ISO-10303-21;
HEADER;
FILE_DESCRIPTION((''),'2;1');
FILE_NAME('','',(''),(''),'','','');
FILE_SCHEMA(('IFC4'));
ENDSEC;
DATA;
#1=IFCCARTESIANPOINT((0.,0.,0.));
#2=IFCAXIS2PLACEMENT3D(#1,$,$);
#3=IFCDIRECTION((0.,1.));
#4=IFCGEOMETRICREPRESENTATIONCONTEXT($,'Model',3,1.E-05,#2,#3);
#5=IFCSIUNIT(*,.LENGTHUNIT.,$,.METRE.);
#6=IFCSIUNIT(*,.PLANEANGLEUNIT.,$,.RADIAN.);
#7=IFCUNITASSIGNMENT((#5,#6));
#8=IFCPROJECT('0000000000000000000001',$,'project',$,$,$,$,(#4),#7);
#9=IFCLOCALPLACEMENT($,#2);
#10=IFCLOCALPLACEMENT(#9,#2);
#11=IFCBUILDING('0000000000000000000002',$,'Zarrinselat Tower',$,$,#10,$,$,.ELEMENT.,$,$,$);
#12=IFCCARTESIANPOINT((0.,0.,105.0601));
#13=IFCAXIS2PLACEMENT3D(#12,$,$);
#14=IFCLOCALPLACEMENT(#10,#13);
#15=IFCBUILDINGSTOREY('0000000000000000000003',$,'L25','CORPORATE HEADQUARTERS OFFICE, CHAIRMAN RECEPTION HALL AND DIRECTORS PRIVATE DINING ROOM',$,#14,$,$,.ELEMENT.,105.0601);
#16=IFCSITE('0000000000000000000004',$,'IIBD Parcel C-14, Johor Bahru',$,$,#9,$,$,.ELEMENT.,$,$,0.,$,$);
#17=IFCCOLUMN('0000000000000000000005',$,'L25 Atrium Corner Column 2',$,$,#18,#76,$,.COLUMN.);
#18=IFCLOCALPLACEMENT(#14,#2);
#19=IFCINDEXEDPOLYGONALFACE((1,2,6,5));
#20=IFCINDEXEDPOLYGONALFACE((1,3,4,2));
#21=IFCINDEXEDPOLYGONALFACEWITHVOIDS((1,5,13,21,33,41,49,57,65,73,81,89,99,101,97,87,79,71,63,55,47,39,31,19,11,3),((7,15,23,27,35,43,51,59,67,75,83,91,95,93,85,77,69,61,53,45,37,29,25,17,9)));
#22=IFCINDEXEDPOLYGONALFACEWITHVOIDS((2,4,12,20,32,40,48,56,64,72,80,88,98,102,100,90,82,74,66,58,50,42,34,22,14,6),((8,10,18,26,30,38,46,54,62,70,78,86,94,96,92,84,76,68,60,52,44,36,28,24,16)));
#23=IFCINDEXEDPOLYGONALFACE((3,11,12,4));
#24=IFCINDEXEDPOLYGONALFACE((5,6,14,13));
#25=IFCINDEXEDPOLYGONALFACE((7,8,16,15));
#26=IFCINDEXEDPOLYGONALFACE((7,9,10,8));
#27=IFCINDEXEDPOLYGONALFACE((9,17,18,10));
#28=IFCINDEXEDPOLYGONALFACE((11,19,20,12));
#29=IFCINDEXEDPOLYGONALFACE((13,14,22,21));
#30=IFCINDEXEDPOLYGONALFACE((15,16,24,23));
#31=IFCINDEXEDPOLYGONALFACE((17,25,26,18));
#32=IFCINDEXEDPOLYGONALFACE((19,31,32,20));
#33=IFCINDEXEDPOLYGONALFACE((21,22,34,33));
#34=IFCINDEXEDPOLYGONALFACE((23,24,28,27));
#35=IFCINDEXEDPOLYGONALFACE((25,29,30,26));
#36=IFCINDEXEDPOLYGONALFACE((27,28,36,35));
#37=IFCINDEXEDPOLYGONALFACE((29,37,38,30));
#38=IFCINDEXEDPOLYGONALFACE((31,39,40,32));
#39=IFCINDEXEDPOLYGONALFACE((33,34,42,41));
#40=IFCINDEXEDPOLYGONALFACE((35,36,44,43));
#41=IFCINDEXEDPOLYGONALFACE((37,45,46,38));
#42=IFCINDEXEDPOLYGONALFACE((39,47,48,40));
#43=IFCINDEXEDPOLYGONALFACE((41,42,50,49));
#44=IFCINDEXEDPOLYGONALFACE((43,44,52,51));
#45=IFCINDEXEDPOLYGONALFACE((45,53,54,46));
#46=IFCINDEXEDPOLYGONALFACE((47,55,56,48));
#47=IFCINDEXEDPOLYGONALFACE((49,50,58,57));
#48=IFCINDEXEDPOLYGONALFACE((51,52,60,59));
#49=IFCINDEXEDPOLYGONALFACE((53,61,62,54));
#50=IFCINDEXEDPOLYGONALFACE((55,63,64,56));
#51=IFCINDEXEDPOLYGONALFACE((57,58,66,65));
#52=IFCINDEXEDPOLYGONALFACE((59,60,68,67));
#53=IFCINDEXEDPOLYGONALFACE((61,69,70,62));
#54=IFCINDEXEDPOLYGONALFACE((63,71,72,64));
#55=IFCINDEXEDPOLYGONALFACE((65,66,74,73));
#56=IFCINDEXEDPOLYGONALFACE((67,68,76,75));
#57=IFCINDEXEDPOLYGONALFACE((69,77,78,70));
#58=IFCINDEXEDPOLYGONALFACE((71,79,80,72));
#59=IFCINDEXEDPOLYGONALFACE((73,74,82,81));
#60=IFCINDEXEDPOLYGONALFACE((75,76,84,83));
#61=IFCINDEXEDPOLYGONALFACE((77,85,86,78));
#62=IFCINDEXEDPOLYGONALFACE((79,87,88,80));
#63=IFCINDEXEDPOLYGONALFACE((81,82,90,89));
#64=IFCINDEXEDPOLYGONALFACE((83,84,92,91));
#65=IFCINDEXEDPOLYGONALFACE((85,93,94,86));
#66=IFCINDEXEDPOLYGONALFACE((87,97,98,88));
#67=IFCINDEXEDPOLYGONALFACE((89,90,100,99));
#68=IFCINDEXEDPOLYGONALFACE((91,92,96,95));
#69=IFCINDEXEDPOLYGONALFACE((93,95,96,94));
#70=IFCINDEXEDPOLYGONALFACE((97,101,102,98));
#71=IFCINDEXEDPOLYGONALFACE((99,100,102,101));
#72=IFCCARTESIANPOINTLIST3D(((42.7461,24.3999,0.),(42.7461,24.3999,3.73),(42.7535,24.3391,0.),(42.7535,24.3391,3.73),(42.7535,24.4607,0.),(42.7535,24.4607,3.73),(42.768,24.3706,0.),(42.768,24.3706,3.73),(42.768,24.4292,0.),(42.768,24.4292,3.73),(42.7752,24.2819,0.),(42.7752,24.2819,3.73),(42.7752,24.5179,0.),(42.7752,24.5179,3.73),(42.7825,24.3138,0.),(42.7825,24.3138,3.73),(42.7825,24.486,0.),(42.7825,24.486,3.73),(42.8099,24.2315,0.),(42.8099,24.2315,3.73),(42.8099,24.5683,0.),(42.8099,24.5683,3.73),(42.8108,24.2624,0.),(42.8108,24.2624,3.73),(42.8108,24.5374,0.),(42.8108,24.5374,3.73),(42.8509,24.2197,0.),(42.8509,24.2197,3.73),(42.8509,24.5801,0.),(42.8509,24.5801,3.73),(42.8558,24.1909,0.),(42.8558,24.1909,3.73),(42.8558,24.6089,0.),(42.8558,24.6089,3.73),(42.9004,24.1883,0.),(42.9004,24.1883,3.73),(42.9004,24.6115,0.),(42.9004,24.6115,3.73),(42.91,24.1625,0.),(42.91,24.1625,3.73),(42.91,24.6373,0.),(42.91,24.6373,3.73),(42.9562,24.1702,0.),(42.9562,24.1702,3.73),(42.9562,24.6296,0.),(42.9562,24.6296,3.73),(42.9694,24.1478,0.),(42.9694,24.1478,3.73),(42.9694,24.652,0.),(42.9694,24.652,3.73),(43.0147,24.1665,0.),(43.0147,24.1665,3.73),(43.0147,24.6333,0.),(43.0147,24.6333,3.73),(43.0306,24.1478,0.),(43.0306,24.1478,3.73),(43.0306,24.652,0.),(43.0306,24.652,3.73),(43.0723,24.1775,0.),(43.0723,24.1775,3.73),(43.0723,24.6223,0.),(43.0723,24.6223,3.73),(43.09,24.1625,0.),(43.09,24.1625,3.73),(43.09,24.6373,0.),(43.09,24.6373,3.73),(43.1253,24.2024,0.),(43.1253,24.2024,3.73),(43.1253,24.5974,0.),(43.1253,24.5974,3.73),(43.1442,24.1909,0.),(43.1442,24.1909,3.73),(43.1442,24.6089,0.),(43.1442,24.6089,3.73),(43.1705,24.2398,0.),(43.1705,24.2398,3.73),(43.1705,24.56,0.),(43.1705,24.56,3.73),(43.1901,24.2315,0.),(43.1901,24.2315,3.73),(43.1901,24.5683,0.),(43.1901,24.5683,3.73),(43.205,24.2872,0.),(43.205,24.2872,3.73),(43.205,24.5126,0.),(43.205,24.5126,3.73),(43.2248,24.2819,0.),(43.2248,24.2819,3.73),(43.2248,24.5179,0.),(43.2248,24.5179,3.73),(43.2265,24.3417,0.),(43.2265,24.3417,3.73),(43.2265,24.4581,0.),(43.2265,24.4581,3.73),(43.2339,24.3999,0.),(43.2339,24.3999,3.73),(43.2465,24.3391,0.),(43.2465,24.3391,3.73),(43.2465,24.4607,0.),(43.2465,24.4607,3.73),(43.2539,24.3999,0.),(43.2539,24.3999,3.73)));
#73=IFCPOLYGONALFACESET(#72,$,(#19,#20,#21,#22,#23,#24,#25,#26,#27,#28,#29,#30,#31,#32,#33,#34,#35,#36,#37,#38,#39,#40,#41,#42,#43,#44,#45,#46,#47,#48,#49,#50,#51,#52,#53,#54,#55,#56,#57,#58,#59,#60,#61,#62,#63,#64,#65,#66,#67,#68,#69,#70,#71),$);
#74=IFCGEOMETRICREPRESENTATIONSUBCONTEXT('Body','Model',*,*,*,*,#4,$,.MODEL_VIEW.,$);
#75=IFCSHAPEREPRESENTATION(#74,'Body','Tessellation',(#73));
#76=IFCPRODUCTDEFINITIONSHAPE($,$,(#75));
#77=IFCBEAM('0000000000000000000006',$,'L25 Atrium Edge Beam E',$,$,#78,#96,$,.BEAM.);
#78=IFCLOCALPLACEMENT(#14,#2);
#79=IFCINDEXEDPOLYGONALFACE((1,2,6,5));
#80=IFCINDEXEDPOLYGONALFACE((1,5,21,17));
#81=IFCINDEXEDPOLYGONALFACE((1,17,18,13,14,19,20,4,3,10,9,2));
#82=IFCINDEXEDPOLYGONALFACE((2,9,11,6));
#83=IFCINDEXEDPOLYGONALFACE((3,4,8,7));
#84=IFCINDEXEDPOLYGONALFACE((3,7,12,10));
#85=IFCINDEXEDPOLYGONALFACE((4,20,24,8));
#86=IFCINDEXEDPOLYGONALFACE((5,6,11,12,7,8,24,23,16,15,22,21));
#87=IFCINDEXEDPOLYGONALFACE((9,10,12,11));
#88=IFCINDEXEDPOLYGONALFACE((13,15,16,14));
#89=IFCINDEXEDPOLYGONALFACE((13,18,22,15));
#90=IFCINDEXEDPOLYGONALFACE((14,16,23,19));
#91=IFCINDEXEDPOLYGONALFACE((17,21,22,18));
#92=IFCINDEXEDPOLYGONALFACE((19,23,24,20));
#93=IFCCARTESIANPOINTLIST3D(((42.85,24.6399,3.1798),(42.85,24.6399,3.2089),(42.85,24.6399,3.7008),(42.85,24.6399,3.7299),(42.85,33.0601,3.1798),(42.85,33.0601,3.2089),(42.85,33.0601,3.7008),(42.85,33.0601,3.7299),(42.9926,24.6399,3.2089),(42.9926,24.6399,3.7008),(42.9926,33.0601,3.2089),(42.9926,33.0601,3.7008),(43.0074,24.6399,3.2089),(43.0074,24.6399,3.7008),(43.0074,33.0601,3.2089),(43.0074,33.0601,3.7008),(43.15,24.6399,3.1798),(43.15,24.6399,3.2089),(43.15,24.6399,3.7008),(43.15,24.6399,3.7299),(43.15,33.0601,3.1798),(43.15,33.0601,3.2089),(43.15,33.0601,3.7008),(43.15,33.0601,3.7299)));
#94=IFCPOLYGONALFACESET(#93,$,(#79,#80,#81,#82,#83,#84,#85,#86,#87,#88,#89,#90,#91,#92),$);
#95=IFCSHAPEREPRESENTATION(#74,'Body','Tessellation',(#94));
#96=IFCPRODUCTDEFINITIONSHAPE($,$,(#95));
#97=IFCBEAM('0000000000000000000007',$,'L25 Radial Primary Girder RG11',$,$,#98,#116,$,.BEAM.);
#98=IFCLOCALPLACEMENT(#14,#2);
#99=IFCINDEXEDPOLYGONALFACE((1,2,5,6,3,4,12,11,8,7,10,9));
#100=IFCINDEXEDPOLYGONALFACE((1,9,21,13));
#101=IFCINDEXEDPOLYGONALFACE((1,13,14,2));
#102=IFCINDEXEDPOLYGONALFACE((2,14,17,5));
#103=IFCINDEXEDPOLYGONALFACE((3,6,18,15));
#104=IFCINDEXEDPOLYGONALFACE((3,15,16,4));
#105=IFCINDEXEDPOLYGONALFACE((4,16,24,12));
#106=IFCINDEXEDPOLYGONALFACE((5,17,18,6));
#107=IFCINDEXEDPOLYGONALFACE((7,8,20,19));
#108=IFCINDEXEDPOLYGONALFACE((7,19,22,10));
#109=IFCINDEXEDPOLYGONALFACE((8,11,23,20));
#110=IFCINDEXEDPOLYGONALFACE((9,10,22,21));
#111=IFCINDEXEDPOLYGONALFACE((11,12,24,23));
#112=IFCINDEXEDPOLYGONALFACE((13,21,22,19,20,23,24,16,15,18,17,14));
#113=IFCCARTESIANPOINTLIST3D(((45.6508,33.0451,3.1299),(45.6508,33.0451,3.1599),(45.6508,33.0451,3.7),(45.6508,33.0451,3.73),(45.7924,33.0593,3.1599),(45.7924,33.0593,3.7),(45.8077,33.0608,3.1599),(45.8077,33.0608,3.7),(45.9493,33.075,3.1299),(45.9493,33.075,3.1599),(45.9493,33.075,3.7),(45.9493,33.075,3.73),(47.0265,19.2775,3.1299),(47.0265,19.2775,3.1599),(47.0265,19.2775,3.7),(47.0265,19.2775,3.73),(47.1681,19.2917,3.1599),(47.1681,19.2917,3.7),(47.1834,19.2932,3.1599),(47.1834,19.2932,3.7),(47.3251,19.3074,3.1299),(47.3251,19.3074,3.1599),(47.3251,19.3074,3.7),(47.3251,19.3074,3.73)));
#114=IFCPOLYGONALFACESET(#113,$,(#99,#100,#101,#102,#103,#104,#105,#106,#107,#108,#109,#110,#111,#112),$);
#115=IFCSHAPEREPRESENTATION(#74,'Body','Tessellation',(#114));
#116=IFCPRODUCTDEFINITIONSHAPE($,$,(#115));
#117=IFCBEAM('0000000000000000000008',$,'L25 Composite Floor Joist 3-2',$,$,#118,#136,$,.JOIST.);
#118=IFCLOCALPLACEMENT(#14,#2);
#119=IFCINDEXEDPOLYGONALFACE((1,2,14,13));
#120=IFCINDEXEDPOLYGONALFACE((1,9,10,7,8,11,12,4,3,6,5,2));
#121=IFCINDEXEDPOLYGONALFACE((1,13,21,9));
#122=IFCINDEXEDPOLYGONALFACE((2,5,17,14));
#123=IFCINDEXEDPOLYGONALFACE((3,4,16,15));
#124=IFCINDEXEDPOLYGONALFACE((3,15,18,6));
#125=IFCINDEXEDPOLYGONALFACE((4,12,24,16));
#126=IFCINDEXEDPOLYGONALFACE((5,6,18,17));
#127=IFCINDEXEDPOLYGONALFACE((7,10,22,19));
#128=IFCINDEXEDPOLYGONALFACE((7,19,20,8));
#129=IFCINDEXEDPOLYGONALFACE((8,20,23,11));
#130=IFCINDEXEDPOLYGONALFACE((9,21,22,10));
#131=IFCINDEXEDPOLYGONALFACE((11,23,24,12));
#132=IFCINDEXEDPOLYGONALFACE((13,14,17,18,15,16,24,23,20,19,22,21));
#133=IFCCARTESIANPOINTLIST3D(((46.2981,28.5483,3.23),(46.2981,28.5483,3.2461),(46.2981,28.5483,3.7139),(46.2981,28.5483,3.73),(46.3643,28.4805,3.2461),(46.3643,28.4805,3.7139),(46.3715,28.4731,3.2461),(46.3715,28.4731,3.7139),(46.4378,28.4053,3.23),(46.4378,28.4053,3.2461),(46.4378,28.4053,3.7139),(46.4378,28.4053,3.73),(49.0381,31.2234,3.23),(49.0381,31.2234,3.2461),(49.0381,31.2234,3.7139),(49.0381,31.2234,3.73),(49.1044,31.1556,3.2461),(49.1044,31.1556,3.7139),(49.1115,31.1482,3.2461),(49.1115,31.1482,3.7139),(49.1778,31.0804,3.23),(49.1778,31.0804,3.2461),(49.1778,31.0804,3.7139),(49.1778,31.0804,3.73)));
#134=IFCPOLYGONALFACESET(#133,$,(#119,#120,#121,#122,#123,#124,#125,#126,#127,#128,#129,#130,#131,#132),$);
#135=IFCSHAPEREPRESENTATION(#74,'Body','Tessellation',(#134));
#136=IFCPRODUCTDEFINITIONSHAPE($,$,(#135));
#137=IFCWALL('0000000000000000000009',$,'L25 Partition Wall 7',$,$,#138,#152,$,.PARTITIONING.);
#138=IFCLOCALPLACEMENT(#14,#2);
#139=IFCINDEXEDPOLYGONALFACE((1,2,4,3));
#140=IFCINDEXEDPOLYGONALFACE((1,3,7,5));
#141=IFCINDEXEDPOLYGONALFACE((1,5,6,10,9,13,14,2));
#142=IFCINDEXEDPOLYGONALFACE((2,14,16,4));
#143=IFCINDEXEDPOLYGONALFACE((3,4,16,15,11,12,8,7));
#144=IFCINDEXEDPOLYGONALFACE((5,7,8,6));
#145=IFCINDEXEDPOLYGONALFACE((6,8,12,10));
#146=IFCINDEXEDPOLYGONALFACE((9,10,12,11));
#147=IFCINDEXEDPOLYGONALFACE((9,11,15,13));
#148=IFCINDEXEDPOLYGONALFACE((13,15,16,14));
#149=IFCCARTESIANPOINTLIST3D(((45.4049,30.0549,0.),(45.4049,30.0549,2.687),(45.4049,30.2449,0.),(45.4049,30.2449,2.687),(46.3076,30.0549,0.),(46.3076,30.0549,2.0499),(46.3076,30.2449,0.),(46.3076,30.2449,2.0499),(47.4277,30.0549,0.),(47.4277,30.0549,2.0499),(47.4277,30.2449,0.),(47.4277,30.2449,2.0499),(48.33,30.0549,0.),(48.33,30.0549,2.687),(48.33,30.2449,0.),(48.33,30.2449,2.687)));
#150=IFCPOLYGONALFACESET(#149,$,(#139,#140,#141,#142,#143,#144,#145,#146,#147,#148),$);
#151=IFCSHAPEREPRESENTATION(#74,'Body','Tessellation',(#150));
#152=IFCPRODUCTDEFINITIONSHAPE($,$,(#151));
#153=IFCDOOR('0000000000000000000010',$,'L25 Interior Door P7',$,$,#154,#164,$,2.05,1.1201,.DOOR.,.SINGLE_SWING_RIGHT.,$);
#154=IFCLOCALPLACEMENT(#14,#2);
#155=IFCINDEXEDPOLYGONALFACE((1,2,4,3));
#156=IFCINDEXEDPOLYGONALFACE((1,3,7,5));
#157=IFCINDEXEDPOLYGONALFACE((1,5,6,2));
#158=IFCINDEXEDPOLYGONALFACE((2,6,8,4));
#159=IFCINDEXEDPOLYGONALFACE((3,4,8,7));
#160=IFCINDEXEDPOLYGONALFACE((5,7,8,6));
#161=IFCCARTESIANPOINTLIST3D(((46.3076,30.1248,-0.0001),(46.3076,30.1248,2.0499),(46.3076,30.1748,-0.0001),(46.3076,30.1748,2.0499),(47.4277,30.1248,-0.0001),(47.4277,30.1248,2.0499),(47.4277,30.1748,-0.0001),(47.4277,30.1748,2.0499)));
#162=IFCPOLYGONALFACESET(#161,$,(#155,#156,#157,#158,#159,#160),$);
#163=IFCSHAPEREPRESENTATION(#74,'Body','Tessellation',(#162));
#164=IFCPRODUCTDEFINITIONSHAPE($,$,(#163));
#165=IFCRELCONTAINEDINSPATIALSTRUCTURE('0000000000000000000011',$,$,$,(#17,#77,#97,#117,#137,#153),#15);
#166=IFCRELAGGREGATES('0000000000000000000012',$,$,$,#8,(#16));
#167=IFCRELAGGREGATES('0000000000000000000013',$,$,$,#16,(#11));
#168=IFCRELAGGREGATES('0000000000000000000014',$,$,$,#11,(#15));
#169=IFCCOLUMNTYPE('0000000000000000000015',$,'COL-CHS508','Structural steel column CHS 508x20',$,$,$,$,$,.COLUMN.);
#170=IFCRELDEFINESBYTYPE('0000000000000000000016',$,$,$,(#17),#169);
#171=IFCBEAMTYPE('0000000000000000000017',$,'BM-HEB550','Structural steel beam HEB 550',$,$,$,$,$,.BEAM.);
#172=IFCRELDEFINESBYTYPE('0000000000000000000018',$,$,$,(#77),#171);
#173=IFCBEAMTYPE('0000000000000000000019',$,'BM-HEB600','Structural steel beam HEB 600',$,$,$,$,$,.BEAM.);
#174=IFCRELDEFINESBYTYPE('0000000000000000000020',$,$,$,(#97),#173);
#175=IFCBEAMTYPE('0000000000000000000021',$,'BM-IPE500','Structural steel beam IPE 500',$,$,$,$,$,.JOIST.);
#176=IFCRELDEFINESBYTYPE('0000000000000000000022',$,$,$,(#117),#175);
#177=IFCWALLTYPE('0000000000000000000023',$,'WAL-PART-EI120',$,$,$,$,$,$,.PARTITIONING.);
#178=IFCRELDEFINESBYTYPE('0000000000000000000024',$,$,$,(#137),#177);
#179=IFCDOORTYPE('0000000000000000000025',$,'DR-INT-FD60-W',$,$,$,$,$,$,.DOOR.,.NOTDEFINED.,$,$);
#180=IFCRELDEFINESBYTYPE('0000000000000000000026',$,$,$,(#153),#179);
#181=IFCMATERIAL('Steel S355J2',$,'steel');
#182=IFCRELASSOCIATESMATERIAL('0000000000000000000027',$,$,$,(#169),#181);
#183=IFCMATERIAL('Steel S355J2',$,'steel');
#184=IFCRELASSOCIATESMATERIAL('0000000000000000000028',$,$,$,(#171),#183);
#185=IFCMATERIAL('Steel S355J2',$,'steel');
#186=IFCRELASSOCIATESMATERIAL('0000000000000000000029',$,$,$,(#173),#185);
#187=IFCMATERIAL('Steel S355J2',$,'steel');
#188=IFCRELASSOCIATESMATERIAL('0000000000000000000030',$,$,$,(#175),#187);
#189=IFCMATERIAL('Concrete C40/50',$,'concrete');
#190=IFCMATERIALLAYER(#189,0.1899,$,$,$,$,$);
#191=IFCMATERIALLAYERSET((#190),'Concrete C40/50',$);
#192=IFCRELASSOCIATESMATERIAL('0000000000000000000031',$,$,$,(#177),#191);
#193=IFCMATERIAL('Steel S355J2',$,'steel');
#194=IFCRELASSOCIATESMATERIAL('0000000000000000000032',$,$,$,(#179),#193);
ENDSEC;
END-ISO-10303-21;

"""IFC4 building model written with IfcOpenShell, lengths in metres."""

from ifc_helpers import new_model, si_unit, direction, frame, frame_2d, origin, origin_2d, place, context, subcontext, project, spatial, rectangle, hollow_circle, i_section, extrude, material, layer, layer_set, material_profile, profile_set, type_object, element, fill, save


model = new_model("IFC4")

# Units and contexts
model_context = context("Model", 3, precision=1e-05, world=origin(), true_north=direction((0.0, 1.0)))
body_context = subcontext(model_context, "Body", "Model", "MODEL_VIEW")
ifc_project = project(units=[si_unit("LENGTHUNIT", "METRE"), si_unit("PLANEANGLEUNIT", "RADIAN")], contexts=[model_context])

# Site, building, storey
site_placement = place(None, origin())
site = spatial("IfcSite", under=ifc_project, at=site_placement, Name="IIBD Parcel C-14, Johor Bahru", CompositionType="ELEMENT", RefElevation=0.0)
building_placement = place(site_placement, origin())
building = spatial("IfcBuilding", under=site, at=building_placement, Name="Zarrinselat Tower", CompositionType="ELEMENT")
storey_placement = place(building_placement, frame((0.0, 0.0, 105.0601)))
storey = spatial("IfcBuildingStorey", under=building, at=storey_placement, Name="L25", Description="CORPORATE HEADQUARTERS OFFICE, CHAIRMAN RECEPTION HALL AND DIRECTORS PRIVATE DINING ROOM", CompositionType="ELEMENT", Elevation=105.0601)

# Column
ifc_material_1 = material(Name="Steel S355J2", Category="steel")
ifc_material_profile_1 = material_profile(ifc_material_1, hollow_circle(Radius=0.2539, WallThickness=0.02, at=origin_2d()), Name="CHS 508x20")
ifc_profile_set_1 = profile_set([ifc_material_profile_1], Name="Steel S355J2")
column_type = type_object("IfcColumnType", Name="COL-CHS508", Description="Structural steel column CHS 508x20", PredefinedType="COLUMN", material=ifc_profile_set_1)
column_placement = place(storey_placement, frame((43.0, 24.3999, 0.0), z_axis=(0.0, 0.0, 1.0), x_axis=(1.0, 0.0, 0.0)))
element("IfcColumn", 1, at=column_placement, inside=storey, type_object=column_type, Name="L25 Atrium Corner Column 2", PredefinedType="COLUMN", context=body_context, shape_type="SweptSolid", body=[
    extrude(hollow_circle(Radius=0.2539, WallThickness=0.02, at=origin_2d()), origin(), (0.0, 0.0, 1.0), 3.73),
])

# Beams
ifc_material_2 = material(Name="Steel S355J2", Category="steel")
ifc_material_profile_2 = material_profile(ifc_material_2, i_section(OverallWidth=0.3, OverallDepth=0.55, WebThickness=0.0149, FlangeThickness=0.0291, at=origin_2d()), Name="HEB 550")
ifc_profile_set_2 = profile_set([ifc_material_profile_2], Name="Steel S355J2")
beam_type_1 = type_object("IfcBeamType", Name="BM-HEB550", Description="Structural steel beam HEB 550", PredefinedType="BEAM", material=ifc_profile_set_2)
beam_1_placement = place(storey_placement, frame((43.0, 24.6399, 3.4548), z_axis=(0.0, 1.0, 0.0), x_axis=(-1.0, 0.0, 0.0)))
element("IfcBeam", 2, at=beam_1_placement, inside=storey, type_object=beam_type_1, Name="L25 Atrium Edge Beam E", PredefinedType="BEAM", context=body_context, shape_type="SweptSolid", body=[
    extrude(i_section(OverallWidth=0.3, OverallDepth=0.55, WebThickness=0.0149, FlangeThickness=0.0291, at=origin_2d()), origin(), (0.0, 0.0, 1.0), 8.4202),
])
ifc_material_3 = material(Name="Steel S355J2", Category="steel")
ifc_material_profile_3 = material_profile(ifc_material_3, i_section(OverallWidth=0.3, OverallDepth=0.6001, WebThickness=0.0154, FlangeThickness=0.03, at=origin_2d()), Name="HEB 600")
ifc_profile_set_3 = profile_set([ifc_material_profile_3], Name="Steel S355J2")
beam_type_2 = type_object("IfcBeamType", Name="BM-HEB600", Description="Structural steel beam HEB 600", PredefinedType="BEAM", material=ifc_profile_set_3)
beam_2_placement = place(storey_placement, frame((45.8, 33.0601, 3.4299), z_axis=(0.09943, -0.995045, 0.0), x_axis=(0.995045, 0.09943, 0.0)))
element("IfcBeam", 3, at=beam_2_placement, inside=storey, type_object=beam_type_2, Name="L25 Radial Primary Girder RG11", PredefinedType="BEAM", context=body_context, shape_type="SweptSolid", body=[
    extrude(i_section(OverallWidth=0.3, OverallDepth=0.6001, WebThickness=0.0154, FlangeThickness=0.03, at=origin_2d()), origin(), (0.0, 0.0, 1.0), 13.8362),
])
ifc_material_4 = material(Name="Steel S355J2", Category="steel")
ifc_material_profile_4 = material_profile(ifc_material_4, i_section(OverallWidth=0.2, OverallDepth=0.5, WebThickness=0.0103, FlangeThickness=0.0161, at=origin_2d()), Name="IPE 500")
ifc_profile_set_4 = profile_set([ifc_material_profile_4], Name="Steel S355J2")
beam_type_3 = type_object("IfcBeamType", Name="BM-IPE500", Description="Structural steel beam IPE 500", PredefinedType="JOIST", material=ifc_profile_set_4)
beam_3_placement = place(storey_placement, frame((46.3679, 28.4768, 3.48), z_axis=(0.715536, 0.698576, 0.0), x_axis=(-0.698576, 0.715536, 0.0)))
element("IfcBeam", 4, at=beam_3_placement, inside=storey, type_object=beam_type_3, Name="L25 Composite Floor Joist 3-2", PredefinedType="JOIST", context=body_context, shape_type="SweptSolid", body=[
    extrude(i_section(OverallWidth=0.2, OverallDepth=0.5, WebThickness=0.0103, FlangeThickness=0.0161, at=origin_2d()), origin(), (0.0, 0.0, 1.0), 3.8293),
])

# Wall, opening, door
ifc_material_5 = material(Name="Concrete C40/50", Category="concrete")
ifc_layer_1 = layer(ifc_material_5, 0.1899)
ifc_layer_set_1 = layer_set([ifc_layer_1], Name="Concrete C40/50")
wall_type_1 = type_object("IfcWallType", Name="WAL-PART-EI120", PredefinedType="PARTITIONING", material=ifc_layer_set_1)
wall_1_placement = place(storey_placement, frame((45.405, 30.1499, 0.0), z_axis=(0.0, 0.0, 1.0), x_axis=(1.0, 0.0, 0.0)))
wall_1 = element("IfcWall", 5, at=wall_1_placement, inside=storey, type_object=wall_type_1, Name="L25 Partition Wall 7", PredefinedType="PARTITIONING", context=body_context, shape_type="SweptSolid", body=[
    extrude(rectangle(XDim=2.925, YDim=0.1899, at=frame_2d((1.4624, 0.0))), origin(), (0.0, 0.0, 1.0), 2.687),
])
opening_1_placement = place(wall_1_placement, frame((0.9026, 0.0, 0.0)))
opening_1 = element("IfcOpeningElement", 6, at=opening_1_placement, cuts=wall_1, PredefinedType="OPENING", context=body_context, shape_type="SweptSolid", body=[
    extrude(rectangle(XDim=1.1201, YDim=2.05, at=frame_2d((0.5601, 1.0249))), frame((0.0, 0.105, 0.0), z_axis=(0.0, -1.0, 0.0), x_axis=(1.0, 0.0, 0.0)), (0.0, 0.0, 1.0), 0.21),
])
ifc_material_6 = material(Name="Steel S355J2", Category="steel")
door_type = type_object("IfcDoorType", Name="DR-INT-FD60-W", OperationType="NOTDEFINED", PredefinedType="DOOR", material=ifc_material_6)
door_1_placement = place(opening_1_placement, origin())
door_1 = element("IfcDoor", 7, at=door_1_placement, inside=storey, type_object=door_type, Name="L25 Interior Door P7", OperationType="SINGLE_SWING_RIGHT", OverallHeight=2.05, OverallWidth=1.1201, PredefinedType="DOOR", context=body_context, shape_type="SweptSolid", body=[
    extrude(rectangle(XDim=1.1201, YDim=2.05, at=frame_2d((0.5601, 1.0249))), frame((0.0, 0.0249, 0.0), z_axis=(0.0, -1.0, 0.0), x_axis=(1.0, 0.0, 0.0)), (0.0, 0.0, 1.0), 0.05),
])
fill(opening_1, door_1)

save(model, "model.ifc")
